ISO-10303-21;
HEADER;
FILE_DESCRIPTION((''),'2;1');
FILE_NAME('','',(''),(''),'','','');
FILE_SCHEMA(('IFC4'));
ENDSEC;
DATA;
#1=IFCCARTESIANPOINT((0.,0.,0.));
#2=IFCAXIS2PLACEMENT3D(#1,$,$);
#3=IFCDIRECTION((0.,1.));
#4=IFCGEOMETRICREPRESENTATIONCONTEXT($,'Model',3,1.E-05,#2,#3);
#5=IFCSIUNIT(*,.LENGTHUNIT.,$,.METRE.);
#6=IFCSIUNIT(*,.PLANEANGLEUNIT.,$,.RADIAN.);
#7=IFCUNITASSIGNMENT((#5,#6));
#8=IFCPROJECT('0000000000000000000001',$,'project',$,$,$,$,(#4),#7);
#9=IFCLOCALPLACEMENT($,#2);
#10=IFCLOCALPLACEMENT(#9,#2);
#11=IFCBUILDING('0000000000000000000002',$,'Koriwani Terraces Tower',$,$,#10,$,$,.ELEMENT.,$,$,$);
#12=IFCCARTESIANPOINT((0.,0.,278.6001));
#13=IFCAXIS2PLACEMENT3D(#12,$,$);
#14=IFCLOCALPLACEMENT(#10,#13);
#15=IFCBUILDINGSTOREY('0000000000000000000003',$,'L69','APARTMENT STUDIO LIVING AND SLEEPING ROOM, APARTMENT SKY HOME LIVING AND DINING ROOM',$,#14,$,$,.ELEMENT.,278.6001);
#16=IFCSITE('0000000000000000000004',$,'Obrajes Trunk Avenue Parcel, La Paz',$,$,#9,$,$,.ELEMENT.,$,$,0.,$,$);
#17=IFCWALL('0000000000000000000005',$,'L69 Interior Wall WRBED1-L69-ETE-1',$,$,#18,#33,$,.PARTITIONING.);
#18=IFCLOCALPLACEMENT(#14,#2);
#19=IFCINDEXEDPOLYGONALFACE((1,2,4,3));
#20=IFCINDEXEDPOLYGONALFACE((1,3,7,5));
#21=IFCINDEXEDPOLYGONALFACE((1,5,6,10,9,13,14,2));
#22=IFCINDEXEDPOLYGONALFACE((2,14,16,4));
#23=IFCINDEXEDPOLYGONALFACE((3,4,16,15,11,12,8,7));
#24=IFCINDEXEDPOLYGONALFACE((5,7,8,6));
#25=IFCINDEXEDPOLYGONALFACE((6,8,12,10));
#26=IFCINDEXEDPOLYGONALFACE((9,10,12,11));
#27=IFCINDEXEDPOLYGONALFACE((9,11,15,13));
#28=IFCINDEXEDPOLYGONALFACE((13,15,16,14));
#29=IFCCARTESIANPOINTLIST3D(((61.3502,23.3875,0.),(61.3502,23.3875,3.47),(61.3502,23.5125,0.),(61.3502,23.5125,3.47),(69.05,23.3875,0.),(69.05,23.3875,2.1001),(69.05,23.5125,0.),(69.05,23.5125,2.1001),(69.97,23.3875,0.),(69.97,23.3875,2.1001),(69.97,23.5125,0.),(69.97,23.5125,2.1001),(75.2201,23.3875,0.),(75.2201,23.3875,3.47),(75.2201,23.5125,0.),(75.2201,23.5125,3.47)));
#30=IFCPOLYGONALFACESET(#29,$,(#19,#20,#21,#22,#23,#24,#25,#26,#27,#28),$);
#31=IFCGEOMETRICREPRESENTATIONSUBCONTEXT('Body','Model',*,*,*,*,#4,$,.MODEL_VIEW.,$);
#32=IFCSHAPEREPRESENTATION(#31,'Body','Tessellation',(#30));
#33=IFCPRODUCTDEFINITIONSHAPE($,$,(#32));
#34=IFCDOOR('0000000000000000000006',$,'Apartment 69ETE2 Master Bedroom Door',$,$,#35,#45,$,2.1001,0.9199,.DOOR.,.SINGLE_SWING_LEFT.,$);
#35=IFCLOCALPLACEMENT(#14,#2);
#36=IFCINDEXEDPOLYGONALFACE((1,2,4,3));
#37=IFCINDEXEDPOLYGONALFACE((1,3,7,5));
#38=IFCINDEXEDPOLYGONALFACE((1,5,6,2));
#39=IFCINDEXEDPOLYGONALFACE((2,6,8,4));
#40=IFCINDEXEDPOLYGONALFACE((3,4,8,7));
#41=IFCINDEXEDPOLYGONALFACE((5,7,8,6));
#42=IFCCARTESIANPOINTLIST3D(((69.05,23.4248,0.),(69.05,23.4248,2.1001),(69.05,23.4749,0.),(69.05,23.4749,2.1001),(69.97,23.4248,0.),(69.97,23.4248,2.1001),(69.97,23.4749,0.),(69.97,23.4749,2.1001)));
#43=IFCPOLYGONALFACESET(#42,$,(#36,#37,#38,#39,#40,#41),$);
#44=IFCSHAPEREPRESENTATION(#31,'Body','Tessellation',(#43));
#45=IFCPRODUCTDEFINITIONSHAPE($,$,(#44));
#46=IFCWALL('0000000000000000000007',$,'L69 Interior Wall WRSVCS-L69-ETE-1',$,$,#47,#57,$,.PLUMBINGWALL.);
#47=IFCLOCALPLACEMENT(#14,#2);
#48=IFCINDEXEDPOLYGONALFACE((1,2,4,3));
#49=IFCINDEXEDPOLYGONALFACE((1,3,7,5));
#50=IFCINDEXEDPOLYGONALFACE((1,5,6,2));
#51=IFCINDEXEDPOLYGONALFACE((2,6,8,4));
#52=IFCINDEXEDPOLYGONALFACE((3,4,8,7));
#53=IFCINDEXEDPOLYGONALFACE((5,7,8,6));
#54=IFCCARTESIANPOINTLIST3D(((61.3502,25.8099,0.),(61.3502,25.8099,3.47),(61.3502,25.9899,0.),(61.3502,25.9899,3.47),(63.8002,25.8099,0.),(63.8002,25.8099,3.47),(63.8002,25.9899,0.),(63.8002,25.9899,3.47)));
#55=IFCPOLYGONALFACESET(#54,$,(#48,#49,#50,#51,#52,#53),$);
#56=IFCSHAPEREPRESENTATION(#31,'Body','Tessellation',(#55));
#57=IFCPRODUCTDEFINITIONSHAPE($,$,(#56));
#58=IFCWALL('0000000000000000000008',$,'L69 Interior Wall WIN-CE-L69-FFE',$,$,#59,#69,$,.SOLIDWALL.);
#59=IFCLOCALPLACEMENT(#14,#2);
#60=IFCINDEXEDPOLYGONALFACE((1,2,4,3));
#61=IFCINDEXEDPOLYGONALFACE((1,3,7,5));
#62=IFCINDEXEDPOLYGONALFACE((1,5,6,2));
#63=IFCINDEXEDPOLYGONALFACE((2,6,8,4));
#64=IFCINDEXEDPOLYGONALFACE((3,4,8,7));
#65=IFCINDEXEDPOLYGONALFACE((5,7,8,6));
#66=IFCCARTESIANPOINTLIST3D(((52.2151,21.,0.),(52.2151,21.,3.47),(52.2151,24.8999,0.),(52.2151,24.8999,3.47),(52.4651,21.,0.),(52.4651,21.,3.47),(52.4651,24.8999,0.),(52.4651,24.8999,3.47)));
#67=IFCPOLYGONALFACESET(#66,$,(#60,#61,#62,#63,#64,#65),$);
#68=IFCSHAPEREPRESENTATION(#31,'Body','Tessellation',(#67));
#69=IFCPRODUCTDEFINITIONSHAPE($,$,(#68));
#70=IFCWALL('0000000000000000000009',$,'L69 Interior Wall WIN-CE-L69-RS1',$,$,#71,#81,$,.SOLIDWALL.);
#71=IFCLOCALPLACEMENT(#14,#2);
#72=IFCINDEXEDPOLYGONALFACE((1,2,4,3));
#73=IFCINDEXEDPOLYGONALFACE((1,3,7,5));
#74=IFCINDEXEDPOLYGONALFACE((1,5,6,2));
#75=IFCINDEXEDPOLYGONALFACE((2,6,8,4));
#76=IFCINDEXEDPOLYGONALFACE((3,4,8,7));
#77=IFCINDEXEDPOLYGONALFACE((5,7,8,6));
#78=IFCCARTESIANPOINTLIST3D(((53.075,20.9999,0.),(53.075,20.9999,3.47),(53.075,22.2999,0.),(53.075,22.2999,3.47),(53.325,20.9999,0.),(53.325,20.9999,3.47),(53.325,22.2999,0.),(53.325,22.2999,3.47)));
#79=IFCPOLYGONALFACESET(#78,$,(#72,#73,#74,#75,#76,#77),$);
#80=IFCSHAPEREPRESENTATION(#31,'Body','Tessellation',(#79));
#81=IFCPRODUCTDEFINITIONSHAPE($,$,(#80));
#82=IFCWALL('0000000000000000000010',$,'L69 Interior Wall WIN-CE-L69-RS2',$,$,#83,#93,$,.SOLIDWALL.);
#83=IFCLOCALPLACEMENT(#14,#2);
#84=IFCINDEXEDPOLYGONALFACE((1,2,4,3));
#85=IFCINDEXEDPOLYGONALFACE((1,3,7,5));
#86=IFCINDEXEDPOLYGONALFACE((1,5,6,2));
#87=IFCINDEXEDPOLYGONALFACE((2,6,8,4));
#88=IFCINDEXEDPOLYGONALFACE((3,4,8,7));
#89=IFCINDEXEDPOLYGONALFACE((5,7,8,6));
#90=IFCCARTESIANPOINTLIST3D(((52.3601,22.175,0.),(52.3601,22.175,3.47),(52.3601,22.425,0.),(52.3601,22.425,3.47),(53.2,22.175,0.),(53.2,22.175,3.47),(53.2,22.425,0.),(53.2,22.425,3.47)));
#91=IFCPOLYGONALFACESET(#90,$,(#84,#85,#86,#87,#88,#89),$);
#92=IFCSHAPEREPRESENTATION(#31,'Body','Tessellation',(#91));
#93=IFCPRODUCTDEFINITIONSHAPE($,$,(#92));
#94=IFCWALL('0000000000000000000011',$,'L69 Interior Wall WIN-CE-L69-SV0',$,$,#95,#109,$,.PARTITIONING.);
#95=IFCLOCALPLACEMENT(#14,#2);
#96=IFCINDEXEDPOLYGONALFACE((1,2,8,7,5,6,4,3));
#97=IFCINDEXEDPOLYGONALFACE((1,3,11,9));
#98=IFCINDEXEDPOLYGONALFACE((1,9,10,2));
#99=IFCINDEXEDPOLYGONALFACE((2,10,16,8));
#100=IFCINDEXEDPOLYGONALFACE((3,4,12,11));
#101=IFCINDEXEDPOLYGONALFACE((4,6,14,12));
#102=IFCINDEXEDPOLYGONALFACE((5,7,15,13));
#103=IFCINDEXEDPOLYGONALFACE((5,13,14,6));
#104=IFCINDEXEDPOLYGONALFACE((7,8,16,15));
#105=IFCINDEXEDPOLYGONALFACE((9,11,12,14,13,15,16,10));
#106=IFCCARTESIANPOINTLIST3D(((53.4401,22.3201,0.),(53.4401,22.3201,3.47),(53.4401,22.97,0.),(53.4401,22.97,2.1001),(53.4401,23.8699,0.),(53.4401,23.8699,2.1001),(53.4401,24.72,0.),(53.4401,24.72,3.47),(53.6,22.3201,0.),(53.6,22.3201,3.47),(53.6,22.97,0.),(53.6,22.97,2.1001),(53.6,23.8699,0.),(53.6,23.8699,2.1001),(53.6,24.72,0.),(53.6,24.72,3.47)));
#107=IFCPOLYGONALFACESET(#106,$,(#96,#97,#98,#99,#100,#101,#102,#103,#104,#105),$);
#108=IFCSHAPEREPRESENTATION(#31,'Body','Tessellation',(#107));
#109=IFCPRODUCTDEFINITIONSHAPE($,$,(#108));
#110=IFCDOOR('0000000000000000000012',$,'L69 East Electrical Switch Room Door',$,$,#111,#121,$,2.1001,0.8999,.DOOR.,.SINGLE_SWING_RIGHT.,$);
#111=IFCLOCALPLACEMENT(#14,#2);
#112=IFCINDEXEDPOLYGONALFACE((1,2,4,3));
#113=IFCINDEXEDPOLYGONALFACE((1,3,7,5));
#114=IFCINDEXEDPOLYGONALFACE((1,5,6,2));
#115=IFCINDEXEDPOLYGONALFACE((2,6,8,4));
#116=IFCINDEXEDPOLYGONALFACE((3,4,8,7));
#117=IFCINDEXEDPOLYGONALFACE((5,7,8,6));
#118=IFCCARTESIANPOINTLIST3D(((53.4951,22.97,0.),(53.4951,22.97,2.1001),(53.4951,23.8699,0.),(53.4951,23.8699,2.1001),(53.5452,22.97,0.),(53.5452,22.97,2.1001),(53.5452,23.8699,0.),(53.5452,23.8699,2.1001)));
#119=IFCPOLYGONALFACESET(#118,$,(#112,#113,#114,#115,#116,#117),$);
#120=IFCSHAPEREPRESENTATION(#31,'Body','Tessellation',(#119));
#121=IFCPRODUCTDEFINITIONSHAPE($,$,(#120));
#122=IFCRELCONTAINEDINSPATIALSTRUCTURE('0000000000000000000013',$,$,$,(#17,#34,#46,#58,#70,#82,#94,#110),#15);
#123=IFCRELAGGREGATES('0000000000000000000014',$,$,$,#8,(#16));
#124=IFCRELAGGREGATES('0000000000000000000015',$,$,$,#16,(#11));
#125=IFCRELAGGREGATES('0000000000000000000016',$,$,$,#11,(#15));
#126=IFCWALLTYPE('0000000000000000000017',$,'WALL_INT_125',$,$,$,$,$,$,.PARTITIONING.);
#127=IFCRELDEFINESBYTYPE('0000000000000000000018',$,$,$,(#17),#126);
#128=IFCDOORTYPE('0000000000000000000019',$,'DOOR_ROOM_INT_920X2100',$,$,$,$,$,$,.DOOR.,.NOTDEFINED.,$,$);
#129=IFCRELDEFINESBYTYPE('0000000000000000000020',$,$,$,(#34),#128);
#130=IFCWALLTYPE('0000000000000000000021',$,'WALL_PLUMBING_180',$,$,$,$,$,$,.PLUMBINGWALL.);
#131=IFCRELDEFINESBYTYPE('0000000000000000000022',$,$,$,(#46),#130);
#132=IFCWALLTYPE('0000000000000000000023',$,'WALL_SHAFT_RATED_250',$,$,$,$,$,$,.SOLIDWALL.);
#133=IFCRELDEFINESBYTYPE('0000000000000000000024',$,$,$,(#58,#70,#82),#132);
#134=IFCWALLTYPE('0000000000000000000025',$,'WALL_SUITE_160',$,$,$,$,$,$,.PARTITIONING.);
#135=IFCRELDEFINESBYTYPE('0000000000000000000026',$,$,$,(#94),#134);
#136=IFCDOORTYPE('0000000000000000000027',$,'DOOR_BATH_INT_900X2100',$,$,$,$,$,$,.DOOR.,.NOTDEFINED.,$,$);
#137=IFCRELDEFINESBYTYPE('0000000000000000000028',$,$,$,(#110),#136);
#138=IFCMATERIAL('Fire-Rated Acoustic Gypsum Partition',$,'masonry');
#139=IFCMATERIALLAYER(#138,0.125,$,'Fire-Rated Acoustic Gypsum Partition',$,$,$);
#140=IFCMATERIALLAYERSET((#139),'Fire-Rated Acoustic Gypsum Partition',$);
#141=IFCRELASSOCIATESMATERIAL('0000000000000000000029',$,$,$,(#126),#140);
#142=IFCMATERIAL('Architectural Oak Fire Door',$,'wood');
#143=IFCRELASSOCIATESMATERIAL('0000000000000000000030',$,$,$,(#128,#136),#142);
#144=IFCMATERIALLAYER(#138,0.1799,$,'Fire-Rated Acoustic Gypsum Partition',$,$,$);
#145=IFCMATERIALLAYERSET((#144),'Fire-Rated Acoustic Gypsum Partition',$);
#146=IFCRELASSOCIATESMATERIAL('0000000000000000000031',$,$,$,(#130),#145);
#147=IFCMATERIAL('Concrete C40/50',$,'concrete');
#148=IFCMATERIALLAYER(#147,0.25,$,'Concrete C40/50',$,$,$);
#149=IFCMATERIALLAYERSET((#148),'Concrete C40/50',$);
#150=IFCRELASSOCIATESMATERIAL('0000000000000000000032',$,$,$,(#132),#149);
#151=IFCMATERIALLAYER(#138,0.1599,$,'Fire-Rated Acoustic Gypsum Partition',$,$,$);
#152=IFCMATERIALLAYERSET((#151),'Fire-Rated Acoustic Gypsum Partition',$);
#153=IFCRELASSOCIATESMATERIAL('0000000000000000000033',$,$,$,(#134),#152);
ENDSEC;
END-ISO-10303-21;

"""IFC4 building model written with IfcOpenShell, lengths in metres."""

from ifc_helpers import new_model, si_unit, direction, frame, frame_2d, origin, place, context, subcontext, project, spatial, rectangle, extrude, material, layer, layer_set, type_object, element, fill, save


model = new_model("IFC4")

# Units and contexts
model_context = context("Model", 3, precision=1e-05, world=origin(), true_north=direction((0.0, 1.0)))
body_context = subcontext(model_context, "Body", "Model", "MODEL_VIEW")
ifc_project = project(units=[si_unit("LENGTHUNIT", "METRE"), si_unit("PLANEANGLEUNIT", "RADIAN")], contexts=[model_context])

# Site, building, storey
site_placement = place(None, origin())
site = spatial("IfcSite", under=ifc_project, at=site_placement, Name="Obrajes Trunk Avenue Parcel, La Paz", CompositionType="ELEMENT", RefElevation=0.0)
building_placement = place(site_placement, origin())
building = spatial("IfcBuilding", under=site, at=building_placement, Name="Koriwani Terraces Tower", CompositionType="ELEMENT")
storey_placement = place(building_placement, frame((0.0, 0.0, 278.6001)))
storey = spatial("IfcBuildingStorey", under=building, at=storey_placement, Name="L69", Description="APARTMENT STUDIO LIVING AND SLEEPING ROOM, APARTMENT SKY HOME LIVING AND DINING ROOM", CompositionType="ELEMENT", Elevation=278.6001)

# Wall, opening, door
ifc_material_1 = material(Name="Fire-Rated Acoustic Gypsum Partition", Category="masonry")
ifc_layer_1 = layer(ifc_material_1, 0.125, Name="Fire-Rated Acoustic Gypsum Partition")
ifc_layer_set_1 = layer_set([ifc_layer_1], Name="Fire-Rated Acoustic Gypsum Partition")
wall_type_1 = type_object("IfcWallType", Name="WALL_INT_125", PredefinedType="PARTITIONING", material=ifc_layer_set_1)
wall_1_placement = place(storey_placement, frame((61.3501, 23.45, 0.0), z_axis=(0.0, 0.0, 1.0), x_axis=(1.0, 0.0, 0.0)))
wall_1 = element("IfcWall", 1, at=wall_1_placement, inside=storey, type_object=wall_type_1, Name="L69 Interior Wall WRBED1-L69-ETE-1", PredefinedType="PARTITIONING", context=body_context, shape_type="SweptSolid", body=[
    extrude(rectangle(XDim=13.8699, YDim=0.125, at=frame_2d((6.9351, 0.0))), origin(), (0.0, 0.0, 1.0), 3.47),
])
opening_1_placement = place(wall_1_placement, frame((7.7, 0.0, 0.0)))
opening_1 = element("IfcOpeningElement", 2, at=opening_1_placement, cuts=wall_1, PredefinedType="OPENING", context=body_context, shape_type="SweptSolid", body=[
    extrude(rectangle(XDim=0.9199, YDim=2.1001, at=frame_2d((0.46, 1.05))), frame((0.0, 0.0725, 0.0), z_axis=(0.0, -1.0, 0.0), x_axis=(1.0, 0.0, 0.0)), (0.0, 0.0, 1.0), 0.145),
])
ifc_material_2 = material(Name="Architectural Oak Fire Door", Category="wood")
door_type_1 = type_object("IfcDoorType", Name="DOOR_ROOM_INT_920X2100", OperationType="NOTDEFINED", PredefinedType="DOOR", material=ifc_material_2)
door_1_placement = place(opening_1_placement, origin())
door_1 = element("IfcDoor", 3, at=door_1_placement, inside=storey, type_object=door_type_1, Name="Apartment 69ETE2 Master Bedroom Door", OperationType="SINGLE_SWING_LEFT", OverallHeight=2.1001, OverallWidth=0.9199, PredefinedType="DOOR", context=body_context, shape_type="SweptSolid", body=[
    extrude(rectangle(XDim=0.9199, YDim=2.1001, at=frame_2d((0.46, 1.05))), frame((0.0, 0.0249, 0.0), z_axis=(0.0, -1.0, 0.0), x_axis=(1.0, 0.0, 0.0)), (0.0, 0.0, 1.0), 0.05),
])
fill(opening_1, door_1)

# Wall
ifc_layer_2 = layer(ifc_material_1, 0.1799, Name="Fire-Rated Acoustic Gypsum Partition")
ifc_layer_set_2 = layer_set([ifc_layer_2], Name="Fire-Rated Acoustic Gypsum Partition")
wall_type_2 = type_object("IfcWallType", Name="WALL_PLUMBING_180", PredefinedType="PLUMBINGWALL", material=ifc_layer_set_2)
wall_2_placement = place(storey_placement, frame((61.3501, 25.8999, 0.0), z_axis=(0.0, 0.0, 1.0), x_axis=(1.0, 0.0, 0.0)))
element("IfcWall", 4, at=wall_2_placement, inside=storey, type_object=wall_type_2, Name="L69 Interior Wall WRSVCS-L69-ETE-1", PredefinedType="PLUMBINGWALL", context=body_context, shape_type="SweptSolid", body=[
    extrude(rectangle(XDim=2.45, YDim=0.1799, at=frame_2d((1.2251, 0.0))), origin(), (0.0, 0.0, 1.0), 3.47),
])

# Shared definitions
ifc_material_3 = material(Name="Concrete C40/50", Category="concrete")
ifc_layer_3 = layer(ifc_material_3, 0.25, Name="Concrete C40/50")
ifc_layer_set_3 = layer_set([ifc_layer_3], Name="Concrete C40/50")
wall_type_3 = type_object("IfcWallType", Name="WALL_SHAFT_RATED_250", PredefinedType="SOLIDWALL", material=ifc_layer_set_3)

# Wall
wall_3_placement = place(storey_placement, frame((52.3401, 21.0, 0.0), z_axis=(0.0, 0.0, 1.0), x_axis=(0.0, 1.0, 0.0)))
element("IfcWall", 5, at=wall_3_placement, inside=storey, type_object=wall_type_3, Name="L69 Interior Wall WIN-CE-L69-FFE", PredefinedType="SOLIDWALL", context=body_context, shape_type="SweptSolid", body=[
    extrude(rectangle(XDim=3.8999, YDim=0.25, at=frame_2d((1.95, 0.0))), origin(), (0.0, 0.0, 1.0), 3.47),
])

# Walls
wall_4_placement = place(storey_placement, frame((53.2, 21.0, 0.0), z_axis=(0.0, 0.0, 1.0), x_axis=(0.0, 1.0, 0.0)))
element("IfcWall", 6, at=wall_4_placement, inside=storey, type_object=wall_type_3, Name="L69 Interior Wall WIN-CE-L69-RS1", PredefinedType="SOLIDWALL", context=body_context, shape_type="SweptSolid", body=[
    extrude(rectangle(XDim=1.3, YDim=0.25, at=frame_2d((0.6499, 0.0))), origin(), (0.0, 0.0, 1.0), 3.47),
])
wall_5_placement = place(storey_placement, frame((52.3601, 22.3, 0.0), z_axis=(0.0, 0.0, 1.0), x_axis=(1.0, 0.0, 0.0)))
element("IfcWall", 7, at=wall_5_placement, inside=storey, type_object=wall_type_3, Name="L69 Interior Wall WIN-CE-L69-RS2", PredefinedType="SOLIDWALL", context=body_context, shape_type="SweptSolid", body=[
    extrude(rectangle(XDim=0.8398, YDim=0.25, at=frame_2d((0.4199, 0.0))), origin(), (0.0, 0.0, 1.0), 3.47),
])

# Wall, opening, door
ifc_layer_4 = layer(ifc_material_1, 0.1599, Name="Fire-Rated Acoustic Gypsum Partition")
ifc_layer_set_4 = layer_set([ifc_layer_4], Name="Fire-Rated Acoustic Gypsum Partition")
wall_type_4 = type_object("IfcWallType", Name="WALL_SUITE_160", PredefinedType="PARTITIONING", material=ifc_layer_set_4)
wall_6_placement = place(storey_placement, frame((53.52, 22.3201, 0.0), z_axis=(0.0, 0.0, 1.0), x_axis=(0.0, 1.0, 0.0)))
wall_6 = element("IfcWall", 8, at=wall_6_placement, inside=storey, type_object=wall_type_4, Name="L69 Interior Wall WIN-CE-L69-SV0", PredefinedType="PARTITIONING", context=body_context, shape_type="SweptSolid", body=[
    extrude(rectangle(XDim=2.3999, YDim=0.1599, at=frame_2d((1.2, 0.0))), origin(), (0.0, 0.0, 1.0), 3.47),
])
opening_2_placement = place(wall_6_placement, frame((0.6499, 0.0, 0.0)))
opening_2 = element("IfcOpeningElement", 9, at=opening_2_placement, cuts=wall_6, PredefinedType="OPENING", context=body_context, shape_type="SweptSolid", body=[
    extrude(rectangle(XDim=0.8999, YDim=2.1001, at=frame_2d((0.45, 1.05))), frame((0.0, 0.0898, 0.0), z_axis=(0.0, -1.0, 0.0), x_axis=(1.0, 0.0, 0.0)), (0.0, 0.0, 1.0), 0.1799),
])
door_type_2 = type_object("IfcDoorType", Name="DOOR_BATH_INT_900X2100", OperationType="NOTDEFINED", PredefinedType="DOOR", material=ifc_material_2)
door_2_placement = place(opening_2_placement, origin())
door_2 = element("IfcDoor", 10, at=door_2_placement, inside=storey, type_object=door_type_2, Name="L69 East Electrical Switch Room Door", OperationType="SINGLE_SWING_RIGHT", OverallHeight=2.1001, OverallWidth=0.8999, PredefinedType="DOOR", context=body_context, shape_type="SweptSolid", body=[
    extrude(rectangle(XDim=0.8999, YDim=2.1001, at=frame_2d((0.45, 1.05))), frame((0.0, 0.0249, 0.0), z_axis=(0.0, -1.0, 0.0), x_axis=(1.0, 0.0, 0.0)), (0.0, 0.0, 1.0), 0.05),
])
fill(opening_2, door_2)

save(model, "model.ifc")
